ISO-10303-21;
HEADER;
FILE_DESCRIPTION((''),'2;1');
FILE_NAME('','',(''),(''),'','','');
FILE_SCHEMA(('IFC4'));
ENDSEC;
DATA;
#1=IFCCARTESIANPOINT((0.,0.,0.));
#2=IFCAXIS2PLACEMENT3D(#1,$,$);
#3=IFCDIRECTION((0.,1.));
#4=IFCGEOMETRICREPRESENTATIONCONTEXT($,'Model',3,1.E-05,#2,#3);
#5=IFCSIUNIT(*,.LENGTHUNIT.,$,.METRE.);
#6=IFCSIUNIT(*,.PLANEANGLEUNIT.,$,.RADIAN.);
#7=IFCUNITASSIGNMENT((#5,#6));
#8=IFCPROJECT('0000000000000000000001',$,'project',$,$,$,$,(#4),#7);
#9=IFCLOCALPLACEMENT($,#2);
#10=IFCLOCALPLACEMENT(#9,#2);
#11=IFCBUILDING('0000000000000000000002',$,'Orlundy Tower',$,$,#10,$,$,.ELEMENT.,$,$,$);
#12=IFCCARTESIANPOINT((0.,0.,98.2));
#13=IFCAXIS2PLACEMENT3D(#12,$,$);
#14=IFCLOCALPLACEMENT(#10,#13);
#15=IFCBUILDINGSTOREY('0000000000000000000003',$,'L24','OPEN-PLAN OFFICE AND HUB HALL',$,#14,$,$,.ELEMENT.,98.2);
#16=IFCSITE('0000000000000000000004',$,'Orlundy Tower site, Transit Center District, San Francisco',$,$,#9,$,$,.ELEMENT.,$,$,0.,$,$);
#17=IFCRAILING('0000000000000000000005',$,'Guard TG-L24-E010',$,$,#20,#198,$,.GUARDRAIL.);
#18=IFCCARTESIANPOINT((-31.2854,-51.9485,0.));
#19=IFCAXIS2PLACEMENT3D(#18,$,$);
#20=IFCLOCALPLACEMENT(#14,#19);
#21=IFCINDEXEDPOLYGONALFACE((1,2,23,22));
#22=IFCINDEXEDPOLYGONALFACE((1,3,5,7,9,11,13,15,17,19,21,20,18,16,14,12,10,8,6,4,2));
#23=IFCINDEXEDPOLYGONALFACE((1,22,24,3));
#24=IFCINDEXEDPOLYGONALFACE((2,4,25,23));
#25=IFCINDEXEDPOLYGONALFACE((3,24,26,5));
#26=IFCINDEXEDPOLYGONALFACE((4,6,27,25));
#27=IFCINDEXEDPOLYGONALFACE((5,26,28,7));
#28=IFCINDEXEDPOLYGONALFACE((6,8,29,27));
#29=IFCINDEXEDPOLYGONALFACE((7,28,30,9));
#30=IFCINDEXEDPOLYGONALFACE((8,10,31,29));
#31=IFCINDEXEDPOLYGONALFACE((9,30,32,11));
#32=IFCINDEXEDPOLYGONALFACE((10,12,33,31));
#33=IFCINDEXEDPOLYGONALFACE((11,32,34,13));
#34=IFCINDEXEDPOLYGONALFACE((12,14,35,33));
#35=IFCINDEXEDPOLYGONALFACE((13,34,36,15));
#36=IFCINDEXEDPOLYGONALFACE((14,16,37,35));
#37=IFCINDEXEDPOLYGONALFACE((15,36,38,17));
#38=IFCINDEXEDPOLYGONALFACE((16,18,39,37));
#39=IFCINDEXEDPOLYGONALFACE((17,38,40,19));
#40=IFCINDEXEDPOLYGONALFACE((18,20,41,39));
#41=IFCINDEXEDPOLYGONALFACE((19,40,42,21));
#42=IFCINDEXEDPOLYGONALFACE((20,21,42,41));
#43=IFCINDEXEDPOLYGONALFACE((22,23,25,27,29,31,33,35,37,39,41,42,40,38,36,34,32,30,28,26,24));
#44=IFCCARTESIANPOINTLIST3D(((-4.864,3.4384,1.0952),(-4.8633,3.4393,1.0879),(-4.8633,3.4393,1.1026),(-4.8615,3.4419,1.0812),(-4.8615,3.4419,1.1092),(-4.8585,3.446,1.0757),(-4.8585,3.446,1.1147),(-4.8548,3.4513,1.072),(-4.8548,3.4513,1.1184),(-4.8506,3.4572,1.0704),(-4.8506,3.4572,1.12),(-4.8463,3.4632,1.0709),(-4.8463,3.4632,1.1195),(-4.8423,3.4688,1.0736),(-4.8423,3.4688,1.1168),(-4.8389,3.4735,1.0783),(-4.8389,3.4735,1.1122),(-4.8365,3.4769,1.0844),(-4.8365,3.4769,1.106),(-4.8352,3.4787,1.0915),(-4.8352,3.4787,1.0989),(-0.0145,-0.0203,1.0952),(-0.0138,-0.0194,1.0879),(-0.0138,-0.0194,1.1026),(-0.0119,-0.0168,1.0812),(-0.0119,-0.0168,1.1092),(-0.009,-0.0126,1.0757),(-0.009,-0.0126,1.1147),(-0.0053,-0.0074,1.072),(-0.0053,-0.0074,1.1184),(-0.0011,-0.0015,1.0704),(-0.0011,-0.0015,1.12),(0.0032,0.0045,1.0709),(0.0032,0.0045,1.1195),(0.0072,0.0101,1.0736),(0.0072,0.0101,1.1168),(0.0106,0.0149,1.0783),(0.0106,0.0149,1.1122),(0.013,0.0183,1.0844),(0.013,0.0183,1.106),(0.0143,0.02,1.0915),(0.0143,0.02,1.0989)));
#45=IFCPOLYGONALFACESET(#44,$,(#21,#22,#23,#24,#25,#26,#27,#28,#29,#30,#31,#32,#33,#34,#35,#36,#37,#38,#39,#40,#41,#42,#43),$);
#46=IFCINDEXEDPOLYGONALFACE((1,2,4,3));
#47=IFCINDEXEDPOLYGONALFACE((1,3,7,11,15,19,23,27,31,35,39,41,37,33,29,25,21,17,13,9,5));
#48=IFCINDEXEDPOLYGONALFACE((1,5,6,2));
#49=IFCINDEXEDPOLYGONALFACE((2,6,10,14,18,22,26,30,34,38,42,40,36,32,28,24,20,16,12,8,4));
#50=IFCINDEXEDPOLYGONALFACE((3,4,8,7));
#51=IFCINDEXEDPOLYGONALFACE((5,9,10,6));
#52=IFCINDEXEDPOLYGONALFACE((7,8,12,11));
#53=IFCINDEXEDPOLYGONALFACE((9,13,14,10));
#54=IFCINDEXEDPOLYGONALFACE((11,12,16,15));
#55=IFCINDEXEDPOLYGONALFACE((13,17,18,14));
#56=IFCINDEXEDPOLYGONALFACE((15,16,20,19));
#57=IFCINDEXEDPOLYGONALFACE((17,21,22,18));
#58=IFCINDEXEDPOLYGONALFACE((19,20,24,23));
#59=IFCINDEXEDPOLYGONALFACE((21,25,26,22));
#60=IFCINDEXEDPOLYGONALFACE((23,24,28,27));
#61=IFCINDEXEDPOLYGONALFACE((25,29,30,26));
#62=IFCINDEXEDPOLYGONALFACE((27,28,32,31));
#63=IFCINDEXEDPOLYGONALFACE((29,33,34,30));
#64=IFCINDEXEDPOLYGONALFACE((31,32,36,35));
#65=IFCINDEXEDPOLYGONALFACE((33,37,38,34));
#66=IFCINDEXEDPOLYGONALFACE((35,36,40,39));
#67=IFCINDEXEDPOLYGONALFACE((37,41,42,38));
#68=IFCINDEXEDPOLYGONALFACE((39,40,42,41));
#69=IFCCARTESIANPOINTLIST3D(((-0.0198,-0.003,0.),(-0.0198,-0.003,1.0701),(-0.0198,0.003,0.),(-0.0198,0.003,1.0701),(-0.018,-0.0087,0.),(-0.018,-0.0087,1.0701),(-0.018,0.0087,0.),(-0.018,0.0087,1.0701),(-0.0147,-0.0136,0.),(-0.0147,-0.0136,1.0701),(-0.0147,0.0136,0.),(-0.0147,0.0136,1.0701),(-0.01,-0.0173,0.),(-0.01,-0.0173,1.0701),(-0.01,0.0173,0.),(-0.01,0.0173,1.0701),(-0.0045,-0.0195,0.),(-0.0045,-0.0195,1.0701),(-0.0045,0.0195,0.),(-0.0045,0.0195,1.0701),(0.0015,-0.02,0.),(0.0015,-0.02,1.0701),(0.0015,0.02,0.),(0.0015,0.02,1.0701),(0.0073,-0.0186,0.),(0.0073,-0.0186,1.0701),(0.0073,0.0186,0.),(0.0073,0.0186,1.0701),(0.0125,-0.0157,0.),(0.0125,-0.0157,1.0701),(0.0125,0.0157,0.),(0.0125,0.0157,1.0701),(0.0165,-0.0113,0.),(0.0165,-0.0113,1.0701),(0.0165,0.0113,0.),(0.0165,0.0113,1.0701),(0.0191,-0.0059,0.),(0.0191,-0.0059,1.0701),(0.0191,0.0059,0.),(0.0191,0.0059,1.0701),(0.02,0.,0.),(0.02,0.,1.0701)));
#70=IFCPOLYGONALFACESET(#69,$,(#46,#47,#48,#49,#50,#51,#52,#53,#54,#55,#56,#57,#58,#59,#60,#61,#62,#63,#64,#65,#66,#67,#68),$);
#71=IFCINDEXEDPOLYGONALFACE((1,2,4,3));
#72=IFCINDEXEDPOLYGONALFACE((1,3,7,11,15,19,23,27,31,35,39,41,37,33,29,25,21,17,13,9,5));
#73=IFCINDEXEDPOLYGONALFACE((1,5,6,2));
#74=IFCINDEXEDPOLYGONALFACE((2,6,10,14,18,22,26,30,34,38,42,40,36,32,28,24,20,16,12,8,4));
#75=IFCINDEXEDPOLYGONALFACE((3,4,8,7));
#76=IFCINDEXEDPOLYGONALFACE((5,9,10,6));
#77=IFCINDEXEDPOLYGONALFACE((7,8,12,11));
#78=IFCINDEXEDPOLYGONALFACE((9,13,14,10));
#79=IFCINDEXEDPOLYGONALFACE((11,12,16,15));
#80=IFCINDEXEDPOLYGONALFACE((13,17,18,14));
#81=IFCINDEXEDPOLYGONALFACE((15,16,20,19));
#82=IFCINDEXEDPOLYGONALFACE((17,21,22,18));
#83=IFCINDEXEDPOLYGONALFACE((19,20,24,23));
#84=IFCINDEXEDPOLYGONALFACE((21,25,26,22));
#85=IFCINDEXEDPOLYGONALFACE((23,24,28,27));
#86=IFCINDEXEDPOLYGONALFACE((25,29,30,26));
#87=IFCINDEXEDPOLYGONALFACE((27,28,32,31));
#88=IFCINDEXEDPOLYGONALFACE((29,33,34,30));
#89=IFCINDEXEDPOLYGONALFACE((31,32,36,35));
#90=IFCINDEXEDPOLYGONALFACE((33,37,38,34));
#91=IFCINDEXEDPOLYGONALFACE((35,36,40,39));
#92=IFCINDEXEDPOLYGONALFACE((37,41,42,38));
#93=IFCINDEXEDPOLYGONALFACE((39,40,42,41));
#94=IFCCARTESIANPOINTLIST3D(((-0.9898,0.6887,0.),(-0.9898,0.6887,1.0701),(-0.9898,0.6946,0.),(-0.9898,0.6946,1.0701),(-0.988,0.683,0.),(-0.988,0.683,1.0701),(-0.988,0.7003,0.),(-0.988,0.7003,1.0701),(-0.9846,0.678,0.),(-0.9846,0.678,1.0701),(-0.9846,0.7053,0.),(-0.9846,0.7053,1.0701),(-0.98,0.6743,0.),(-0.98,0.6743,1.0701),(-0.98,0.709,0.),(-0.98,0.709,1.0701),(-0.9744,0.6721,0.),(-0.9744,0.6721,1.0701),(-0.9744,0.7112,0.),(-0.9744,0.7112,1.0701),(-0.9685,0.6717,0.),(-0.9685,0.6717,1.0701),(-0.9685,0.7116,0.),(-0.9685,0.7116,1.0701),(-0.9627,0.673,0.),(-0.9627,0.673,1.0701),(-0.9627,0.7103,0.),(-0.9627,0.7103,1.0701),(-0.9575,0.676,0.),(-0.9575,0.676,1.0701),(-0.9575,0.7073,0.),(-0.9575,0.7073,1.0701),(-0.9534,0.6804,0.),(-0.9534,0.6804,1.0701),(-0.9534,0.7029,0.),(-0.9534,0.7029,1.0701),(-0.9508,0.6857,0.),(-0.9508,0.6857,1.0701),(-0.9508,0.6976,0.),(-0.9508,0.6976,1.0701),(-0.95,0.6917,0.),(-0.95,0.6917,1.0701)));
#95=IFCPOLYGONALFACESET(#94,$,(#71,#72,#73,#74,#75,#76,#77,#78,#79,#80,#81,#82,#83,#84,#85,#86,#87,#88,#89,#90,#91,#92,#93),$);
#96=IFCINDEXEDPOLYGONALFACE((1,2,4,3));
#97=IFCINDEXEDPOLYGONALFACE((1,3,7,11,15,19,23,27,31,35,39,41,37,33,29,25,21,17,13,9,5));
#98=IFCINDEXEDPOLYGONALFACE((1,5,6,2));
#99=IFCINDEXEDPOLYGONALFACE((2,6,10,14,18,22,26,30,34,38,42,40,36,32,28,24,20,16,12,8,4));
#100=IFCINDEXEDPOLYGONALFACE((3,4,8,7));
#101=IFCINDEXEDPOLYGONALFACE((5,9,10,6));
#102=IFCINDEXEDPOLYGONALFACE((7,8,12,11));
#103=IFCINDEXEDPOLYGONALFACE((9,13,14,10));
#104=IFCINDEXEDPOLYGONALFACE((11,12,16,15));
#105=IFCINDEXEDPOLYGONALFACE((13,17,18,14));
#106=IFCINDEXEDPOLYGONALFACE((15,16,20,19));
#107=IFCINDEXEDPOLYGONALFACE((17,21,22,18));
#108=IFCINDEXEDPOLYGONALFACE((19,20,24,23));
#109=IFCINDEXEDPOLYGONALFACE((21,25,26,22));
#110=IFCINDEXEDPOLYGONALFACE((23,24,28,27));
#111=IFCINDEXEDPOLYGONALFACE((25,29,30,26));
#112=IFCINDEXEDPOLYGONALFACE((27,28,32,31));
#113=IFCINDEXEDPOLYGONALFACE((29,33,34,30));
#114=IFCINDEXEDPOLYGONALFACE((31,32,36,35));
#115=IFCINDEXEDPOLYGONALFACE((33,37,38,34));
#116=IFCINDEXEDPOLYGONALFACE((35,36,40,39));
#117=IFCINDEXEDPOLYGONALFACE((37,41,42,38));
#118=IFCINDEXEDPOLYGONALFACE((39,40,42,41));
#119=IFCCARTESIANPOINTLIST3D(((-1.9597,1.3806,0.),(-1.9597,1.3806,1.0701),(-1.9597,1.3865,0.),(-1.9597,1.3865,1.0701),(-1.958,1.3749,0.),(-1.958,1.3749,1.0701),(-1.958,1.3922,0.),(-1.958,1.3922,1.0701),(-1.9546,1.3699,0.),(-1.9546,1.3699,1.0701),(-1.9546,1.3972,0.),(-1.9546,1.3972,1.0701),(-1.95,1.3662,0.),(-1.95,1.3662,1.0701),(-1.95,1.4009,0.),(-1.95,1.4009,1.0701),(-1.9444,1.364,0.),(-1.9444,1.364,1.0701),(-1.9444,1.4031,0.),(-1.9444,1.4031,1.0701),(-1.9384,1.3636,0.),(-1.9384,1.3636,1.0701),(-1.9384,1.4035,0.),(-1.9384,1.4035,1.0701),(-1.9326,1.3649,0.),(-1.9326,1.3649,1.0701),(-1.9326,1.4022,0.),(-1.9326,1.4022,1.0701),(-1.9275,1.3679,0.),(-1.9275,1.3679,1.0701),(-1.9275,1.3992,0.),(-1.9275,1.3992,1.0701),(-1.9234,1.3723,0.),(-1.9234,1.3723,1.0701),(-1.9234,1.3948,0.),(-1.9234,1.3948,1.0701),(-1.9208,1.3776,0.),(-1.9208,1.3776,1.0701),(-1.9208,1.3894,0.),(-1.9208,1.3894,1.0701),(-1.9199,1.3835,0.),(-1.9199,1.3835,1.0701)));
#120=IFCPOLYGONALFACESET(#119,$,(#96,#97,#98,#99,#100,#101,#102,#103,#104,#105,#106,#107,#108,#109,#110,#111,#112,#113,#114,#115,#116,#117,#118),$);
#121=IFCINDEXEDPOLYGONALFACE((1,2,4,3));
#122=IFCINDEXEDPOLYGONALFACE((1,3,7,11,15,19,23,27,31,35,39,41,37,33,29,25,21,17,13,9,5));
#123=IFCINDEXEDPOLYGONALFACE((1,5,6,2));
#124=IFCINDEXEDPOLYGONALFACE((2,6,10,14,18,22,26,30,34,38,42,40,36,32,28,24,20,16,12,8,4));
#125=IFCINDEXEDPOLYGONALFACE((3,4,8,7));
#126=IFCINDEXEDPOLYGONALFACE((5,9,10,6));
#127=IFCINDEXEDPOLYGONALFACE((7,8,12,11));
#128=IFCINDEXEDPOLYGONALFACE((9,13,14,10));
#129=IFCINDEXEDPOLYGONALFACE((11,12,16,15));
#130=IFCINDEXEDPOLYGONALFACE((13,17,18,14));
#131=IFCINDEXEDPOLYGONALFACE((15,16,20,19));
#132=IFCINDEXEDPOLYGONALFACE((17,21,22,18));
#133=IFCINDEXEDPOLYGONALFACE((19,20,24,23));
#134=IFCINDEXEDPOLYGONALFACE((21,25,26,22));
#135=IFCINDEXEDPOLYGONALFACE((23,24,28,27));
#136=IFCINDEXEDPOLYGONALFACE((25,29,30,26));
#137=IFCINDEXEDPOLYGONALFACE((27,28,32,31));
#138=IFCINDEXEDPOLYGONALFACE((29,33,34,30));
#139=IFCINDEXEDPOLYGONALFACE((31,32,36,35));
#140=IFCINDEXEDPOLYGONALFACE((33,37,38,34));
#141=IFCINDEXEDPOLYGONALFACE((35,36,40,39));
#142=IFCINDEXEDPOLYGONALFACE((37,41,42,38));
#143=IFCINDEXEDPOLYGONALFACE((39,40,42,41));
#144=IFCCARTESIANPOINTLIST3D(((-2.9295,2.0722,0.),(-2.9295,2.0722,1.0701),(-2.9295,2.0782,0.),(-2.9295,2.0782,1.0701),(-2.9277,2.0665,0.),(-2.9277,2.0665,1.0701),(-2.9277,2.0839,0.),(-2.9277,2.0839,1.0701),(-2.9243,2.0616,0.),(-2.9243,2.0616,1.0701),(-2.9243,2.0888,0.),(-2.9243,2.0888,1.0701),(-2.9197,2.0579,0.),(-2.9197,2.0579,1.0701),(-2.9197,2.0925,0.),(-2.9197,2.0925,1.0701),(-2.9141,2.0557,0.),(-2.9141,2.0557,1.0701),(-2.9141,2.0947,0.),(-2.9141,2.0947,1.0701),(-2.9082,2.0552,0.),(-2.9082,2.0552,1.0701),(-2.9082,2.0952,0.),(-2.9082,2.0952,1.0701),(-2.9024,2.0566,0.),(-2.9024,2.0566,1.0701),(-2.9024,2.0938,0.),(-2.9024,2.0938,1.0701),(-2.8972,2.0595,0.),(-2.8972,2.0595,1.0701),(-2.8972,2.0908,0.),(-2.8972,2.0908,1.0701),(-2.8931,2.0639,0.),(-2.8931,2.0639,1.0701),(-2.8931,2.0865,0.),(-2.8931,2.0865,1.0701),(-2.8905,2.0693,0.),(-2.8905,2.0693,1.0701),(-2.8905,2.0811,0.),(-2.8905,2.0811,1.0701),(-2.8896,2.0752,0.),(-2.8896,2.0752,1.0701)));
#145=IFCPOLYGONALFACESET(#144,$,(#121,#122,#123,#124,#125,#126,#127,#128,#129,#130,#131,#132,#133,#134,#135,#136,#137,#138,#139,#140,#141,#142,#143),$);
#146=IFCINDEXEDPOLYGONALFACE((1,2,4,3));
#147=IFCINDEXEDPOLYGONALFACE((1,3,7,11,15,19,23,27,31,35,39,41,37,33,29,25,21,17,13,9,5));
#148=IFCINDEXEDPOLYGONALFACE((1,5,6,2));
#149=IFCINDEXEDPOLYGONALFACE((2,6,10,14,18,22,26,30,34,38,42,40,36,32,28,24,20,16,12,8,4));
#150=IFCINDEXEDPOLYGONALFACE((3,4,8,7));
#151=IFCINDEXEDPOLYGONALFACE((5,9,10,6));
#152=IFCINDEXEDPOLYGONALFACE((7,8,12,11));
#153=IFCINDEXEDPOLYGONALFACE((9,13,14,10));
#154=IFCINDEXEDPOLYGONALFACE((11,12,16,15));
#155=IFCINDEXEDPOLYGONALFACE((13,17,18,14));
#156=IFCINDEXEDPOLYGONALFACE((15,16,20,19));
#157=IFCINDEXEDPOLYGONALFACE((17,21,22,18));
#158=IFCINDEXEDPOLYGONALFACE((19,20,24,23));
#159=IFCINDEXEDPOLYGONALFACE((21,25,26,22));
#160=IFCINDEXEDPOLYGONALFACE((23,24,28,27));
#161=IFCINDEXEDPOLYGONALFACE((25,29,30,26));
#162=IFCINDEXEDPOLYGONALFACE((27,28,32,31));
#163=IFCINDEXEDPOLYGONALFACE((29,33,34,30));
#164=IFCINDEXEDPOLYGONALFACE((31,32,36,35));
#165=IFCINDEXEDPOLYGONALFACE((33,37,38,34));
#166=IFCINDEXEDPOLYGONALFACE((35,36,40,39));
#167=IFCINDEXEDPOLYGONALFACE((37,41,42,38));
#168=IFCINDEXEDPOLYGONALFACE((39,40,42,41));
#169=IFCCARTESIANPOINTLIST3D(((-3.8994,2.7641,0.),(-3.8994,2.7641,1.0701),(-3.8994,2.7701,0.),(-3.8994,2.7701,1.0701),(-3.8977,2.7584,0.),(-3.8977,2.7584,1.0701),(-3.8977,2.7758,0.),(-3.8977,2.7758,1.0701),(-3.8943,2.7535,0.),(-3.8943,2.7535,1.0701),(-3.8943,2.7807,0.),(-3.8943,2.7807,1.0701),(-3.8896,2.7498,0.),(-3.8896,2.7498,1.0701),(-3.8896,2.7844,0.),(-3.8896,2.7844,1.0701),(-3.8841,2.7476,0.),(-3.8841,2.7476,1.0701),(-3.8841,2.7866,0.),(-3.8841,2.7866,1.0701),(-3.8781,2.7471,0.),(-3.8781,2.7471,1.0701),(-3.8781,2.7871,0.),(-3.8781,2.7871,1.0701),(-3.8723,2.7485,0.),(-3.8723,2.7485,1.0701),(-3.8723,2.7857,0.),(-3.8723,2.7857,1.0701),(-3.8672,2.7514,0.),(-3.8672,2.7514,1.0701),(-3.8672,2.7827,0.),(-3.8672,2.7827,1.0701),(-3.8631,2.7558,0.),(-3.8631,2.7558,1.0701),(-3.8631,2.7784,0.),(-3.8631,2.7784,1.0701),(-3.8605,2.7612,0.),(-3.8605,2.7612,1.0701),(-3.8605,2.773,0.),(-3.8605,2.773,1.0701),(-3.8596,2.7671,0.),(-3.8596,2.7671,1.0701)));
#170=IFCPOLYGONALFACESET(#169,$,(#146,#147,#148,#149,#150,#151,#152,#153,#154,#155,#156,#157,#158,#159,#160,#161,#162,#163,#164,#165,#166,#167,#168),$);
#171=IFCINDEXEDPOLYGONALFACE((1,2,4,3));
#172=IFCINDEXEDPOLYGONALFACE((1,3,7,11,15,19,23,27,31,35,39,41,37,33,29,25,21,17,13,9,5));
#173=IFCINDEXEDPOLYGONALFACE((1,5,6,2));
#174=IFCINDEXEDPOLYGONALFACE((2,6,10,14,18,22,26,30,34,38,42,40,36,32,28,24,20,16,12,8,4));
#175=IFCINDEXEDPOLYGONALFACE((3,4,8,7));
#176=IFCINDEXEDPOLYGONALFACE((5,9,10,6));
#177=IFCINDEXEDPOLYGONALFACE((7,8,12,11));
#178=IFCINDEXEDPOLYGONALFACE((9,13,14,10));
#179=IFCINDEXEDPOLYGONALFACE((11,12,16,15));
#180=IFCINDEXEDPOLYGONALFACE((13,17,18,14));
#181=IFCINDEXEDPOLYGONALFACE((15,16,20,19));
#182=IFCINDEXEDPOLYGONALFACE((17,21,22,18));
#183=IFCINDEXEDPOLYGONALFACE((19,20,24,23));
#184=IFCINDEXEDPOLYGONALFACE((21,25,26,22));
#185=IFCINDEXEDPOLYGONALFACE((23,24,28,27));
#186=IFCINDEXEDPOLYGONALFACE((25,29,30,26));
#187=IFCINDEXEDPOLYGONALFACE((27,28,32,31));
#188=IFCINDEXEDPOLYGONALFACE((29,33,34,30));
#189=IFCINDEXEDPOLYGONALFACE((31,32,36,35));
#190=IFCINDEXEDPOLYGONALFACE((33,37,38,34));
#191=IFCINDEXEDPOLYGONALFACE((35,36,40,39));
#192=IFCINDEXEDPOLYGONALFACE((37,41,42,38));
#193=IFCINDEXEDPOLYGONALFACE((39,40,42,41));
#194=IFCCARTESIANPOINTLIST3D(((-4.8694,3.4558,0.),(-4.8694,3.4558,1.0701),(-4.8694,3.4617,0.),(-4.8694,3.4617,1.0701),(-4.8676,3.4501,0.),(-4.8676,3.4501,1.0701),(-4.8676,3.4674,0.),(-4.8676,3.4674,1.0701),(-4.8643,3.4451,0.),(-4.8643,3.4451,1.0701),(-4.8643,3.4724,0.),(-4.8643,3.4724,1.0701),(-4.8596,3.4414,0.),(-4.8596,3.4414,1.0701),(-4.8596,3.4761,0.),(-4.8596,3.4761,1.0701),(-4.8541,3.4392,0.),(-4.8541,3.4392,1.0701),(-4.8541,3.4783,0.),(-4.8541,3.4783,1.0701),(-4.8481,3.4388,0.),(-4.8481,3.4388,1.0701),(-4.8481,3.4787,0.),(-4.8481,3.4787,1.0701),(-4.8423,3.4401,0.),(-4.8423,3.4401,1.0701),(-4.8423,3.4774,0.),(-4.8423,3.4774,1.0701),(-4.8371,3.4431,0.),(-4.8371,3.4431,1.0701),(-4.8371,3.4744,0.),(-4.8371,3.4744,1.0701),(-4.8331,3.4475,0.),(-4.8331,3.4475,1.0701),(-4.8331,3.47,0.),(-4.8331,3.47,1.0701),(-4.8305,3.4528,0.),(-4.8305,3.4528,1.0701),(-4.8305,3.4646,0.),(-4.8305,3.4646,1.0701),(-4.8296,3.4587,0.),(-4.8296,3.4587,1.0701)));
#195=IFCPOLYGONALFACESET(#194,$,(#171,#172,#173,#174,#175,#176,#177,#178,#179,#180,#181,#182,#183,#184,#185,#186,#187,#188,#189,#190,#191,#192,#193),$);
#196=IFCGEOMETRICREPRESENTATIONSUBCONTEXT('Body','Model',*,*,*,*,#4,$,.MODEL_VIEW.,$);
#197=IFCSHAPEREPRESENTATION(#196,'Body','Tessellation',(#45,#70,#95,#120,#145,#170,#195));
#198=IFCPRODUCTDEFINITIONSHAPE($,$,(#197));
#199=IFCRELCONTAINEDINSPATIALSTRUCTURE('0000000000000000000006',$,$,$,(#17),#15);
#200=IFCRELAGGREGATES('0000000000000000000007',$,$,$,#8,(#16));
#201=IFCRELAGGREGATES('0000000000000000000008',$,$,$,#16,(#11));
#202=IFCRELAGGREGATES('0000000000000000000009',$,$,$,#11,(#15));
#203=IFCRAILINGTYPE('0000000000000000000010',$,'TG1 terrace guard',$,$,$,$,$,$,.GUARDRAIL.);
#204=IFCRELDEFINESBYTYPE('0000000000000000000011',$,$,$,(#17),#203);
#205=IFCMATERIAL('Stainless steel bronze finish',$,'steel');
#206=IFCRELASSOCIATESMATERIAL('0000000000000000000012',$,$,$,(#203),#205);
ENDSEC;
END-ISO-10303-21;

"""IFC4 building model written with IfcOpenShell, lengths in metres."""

from ifc_helpers import new_model, si_unit, direction, frame, origin, origin_2d, place, context, subcontext, project, spatial, circle, extrude, material, type_object, element, save


model = new_model("IFC4")

# Units and contexts
model_context = context("Model", 3, precision=1e-05, world=origin(), true_north=direction((0.0, 1.0)))
body_context = subcontext(model_context, "Body", "Model", "MODEL_VIEW")
ifc_project = project(units=[si_unit("LENGTHUNIT", "METRE"), si_unit("PLANEANGLEUNIT", "RADIAN")], contexts=[model_context])

# Site, building, storey
site_placement = place(None, origin())
site = spatial("IfcSite", under=ifc_project, at=site_placement, Name="Orlundy Tower site, Transit Center District, San Francisco", CompositionType="ELEMENT", RefElevation=0.0)
building_placement = place(site_placement, origin())
building = spatial("IfcBuilding", under=site, at=building_placement, Name="Orlundy Tower", CompositionType="ELEMENT")
storey_placement = place(building_placement, frame((0.0, 0.0, 98.2)))
storey = spatial("IfcBuildingStorey", under=building, at=storey_placement, Name="L24", Description="OPEN-PLAN OFFICE AND HUB HALL", CompositionType="ELEMENT", Elevation=98.2)

# Railing
ifc_material_1 = material(Name="Stainless steel bronze finish", Category="steel")
railing_type = type_object("IfcRailingType", Name="TG1 terrace guard", PredefinedType="GUARDRAIL", material=ifc_material_1)
railing_1_placement = place(storey_placement, frame((-31.2854, -51.9485, 0.0)))
element("IfcRailing", 1, at=railing_1_placement, inside=storey, type_object=railing_type, Name="Guard TG-L24-E010", PredefinedType="GUARDRAIL", context=body_context, shape_type="SweptSolid", body=[
    extrude(circle(Radius=0.0249, at=origin_2d()), frame((0.0, 0.0, 1.0952), z_axis=(-0.814151, 0.580653, 0.0), x_axis=(-0.580653, -0.814151, 0.0)), (0.0, 0.0, 1.0), 5.9565),
    extrude(circle(Radius=0.02, at=origin_2d()), origin(), (0.0, 0.0, 1.0), 1.0701),
    extrude(circle(Radius=0.02, at=origin_2d()), frame((-0.97, 0.6917, 0.0)), (0.0, 0.0, 1.0), 1.0701),
    extrude(circle(Radius=0.02, at=origin_2d()), frame((-1.9399, 1.3835, 0.0)), (0.0, 0.0, 1.0), 1.0701),
    extrude(circle(Radius=0.02, at=origin_2d()), frame((-2.9097, 2.0752, 0.0)), (0.0, 0.0, 1.0), 1.0701),
    extrude(circle(Radius=0.02, at=origin_2d()), frame((-3.8796, 2.7671, 0.0)), (0.0, 0.0, 1.0), 1.0701),
    extrude(circle(Radius=0.02, at=origin_2d()), frame((-4.8496, 3.4587, 0.0)), (0.0, 0.0, 1.0), 1.0701),
])

save(model, "model.ifc")
